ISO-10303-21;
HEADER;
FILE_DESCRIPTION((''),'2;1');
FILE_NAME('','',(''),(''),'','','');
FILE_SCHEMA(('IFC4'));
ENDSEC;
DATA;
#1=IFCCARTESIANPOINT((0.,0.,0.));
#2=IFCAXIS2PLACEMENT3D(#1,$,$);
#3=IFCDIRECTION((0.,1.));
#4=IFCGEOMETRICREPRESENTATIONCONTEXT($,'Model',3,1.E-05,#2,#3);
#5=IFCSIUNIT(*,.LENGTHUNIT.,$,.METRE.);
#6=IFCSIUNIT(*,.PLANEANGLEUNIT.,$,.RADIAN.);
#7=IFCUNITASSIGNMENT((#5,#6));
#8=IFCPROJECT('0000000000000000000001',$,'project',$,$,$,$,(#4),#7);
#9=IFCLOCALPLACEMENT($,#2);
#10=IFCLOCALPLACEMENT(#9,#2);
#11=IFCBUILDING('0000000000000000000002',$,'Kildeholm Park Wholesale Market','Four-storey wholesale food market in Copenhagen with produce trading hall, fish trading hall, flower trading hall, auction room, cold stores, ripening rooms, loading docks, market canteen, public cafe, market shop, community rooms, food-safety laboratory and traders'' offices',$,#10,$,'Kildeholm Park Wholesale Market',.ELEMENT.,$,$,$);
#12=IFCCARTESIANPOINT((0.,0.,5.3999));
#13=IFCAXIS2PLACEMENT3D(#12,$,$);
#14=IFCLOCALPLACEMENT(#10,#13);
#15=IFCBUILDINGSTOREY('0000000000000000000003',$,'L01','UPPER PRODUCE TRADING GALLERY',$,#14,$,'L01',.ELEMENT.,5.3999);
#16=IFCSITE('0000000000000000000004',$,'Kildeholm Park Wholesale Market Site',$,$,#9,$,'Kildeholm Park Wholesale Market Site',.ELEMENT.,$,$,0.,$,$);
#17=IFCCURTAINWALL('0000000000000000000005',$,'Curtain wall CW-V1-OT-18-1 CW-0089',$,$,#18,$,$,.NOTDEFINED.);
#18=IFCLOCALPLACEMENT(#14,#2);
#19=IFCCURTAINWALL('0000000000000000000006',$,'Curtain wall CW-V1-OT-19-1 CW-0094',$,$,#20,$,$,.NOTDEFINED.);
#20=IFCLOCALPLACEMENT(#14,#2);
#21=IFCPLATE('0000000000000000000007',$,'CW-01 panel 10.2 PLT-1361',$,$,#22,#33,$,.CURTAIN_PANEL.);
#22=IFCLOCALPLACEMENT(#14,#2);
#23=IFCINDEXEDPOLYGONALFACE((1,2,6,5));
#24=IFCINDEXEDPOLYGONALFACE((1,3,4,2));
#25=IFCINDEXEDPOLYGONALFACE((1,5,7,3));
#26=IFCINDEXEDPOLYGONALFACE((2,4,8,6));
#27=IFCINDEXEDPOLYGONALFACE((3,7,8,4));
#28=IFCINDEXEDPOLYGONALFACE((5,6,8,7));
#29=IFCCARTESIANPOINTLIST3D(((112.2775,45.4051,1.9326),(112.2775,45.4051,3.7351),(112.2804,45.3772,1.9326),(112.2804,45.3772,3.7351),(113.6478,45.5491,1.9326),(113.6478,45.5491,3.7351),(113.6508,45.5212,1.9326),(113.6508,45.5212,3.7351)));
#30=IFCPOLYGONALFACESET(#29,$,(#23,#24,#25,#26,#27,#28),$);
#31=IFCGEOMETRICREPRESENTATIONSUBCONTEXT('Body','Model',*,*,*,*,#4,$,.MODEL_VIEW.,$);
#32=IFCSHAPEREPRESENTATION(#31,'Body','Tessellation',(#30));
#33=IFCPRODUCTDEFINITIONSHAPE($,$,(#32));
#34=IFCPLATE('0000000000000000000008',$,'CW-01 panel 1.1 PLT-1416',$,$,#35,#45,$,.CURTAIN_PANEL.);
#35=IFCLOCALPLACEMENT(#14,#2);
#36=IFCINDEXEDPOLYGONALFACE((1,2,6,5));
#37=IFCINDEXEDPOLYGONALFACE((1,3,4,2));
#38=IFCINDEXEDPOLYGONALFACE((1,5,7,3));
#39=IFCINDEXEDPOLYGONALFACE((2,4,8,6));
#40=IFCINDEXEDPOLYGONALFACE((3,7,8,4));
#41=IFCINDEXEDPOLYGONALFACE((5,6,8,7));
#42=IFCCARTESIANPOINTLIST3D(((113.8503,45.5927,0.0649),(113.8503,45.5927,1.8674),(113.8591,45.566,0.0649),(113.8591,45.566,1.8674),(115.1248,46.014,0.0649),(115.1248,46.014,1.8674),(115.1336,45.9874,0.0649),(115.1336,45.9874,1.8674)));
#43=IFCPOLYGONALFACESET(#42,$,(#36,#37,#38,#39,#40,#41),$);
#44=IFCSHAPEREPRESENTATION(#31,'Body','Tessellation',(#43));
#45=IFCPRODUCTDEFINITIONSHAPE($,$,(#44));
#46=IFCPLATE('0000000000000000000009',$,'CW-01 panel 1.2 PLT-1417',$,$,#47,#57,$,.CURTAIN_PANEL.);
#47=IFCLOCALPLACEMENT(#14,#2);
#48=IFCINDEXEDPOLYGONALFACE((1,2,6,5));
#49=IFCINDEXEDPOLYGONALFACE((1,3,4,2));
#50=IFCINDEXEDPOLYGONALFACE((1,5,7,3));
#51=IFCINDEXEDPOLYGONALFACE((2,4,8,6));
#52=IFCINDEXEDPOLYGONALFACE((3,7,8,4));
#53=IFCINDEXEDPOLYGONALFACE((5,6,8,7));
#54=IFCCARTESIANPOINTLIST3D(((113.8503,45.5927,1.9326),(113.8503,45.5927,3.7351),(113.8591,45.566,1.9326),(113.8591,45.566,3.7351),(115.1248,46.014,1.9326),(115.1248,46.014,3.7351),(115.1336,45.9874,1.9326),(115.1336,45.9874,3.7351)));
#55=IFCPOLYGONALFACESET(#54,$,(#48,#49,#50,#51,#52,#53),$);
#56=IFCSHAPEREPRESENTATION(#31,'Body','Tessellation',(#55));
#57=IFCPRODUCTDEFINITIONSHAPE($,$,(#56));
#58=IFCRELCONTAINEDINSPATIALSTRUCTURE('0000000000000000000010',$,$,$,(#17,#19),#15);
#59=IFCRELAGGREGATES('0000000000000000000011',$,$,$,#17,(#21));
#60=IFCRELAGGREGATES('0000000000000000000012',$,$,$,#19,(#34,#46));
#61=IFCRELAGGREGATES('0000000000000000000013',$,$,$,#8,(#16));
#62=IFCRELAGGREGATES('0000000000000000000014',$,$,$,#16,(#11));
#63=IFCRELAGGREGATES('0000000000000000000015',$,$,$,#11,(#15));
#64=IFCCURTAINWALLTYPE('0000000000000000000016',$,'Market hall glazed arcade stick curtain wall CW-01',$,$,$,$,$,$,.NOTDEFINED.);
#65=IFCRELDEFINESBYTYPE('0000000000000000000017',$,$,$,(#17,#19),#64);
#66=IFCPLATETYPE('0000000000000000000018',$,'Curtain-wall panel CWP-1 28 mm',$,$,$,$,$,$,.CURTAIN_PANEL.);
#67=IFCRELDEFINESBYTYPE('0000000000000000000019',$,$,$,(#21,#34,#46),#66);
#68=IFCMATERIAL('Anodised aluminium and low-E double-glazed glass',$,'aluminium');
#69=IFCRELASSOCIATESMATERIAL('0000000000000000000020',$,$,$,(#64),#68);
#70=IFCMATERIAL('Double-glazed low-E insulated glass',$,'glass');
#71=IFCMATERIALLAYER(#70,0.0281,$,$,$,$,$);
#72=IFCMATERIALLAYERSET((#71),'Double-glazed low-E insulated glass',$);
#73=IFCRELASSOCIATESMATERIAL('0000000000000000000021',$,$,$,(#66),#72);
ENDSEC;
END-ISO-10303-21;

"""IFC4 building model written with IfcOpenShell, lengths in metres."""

from ifc_helpers import new_model, si_unit, direction, frame, origin, origin_2d, place, context, subcontext, project, spatial, rectangle, extrude, material, layer, layer_set, type_object, element, aggregate, save


model = new_model("IFC4")

# Units and contexts
model_context = context("Model", 3, precision=1e-05, world=origin(), true_north=direction((0.0, 1.0)))
body_context = subcontext(model_context, "Body", "Model", "MODEL_VIEW")
ifc_project = project(units=[si_unit("LENGTHUNIT", "METRE"), si_unit("PLANEANGLEUNIT", "RADIAN")], contexts=[model_context])

# Site, building, storey
site_placement = place(None, origin())
site = spatial("IfcSite", under=ifc_project, at=site_placement, Name="Kildeholm Park Wholesale Market Site", LongName="Kildeholm Park Wholesale Market Site", CompositionType="ELEMENT", RefElevation=0.0)
building_placement = place(site_placement, origin())
building = spatial("IfcBuilding", under=site, at=building_placement, Name="Kildeholm Park Wholesale Market", Description="Four-storey wholesale food market in Copenhagen with produce trading hall, fish trading hall, flower trading hall, auction room, cold stores, ripening rooms, loading docks, market canteen, public cafe, market shop, community rooms, food-safety laboratory and traders' offices", LongName="Kildeholm Park Wholesale Market", CompositionType="ELEMENT")
storey_placement = place(building_placement, frame((0.0, 0.0, 5.3999)))
storey = spatial("IfcBuildingStorey", under=building, at=storey_placement, Name="L01", Description="UPPER PRODUCE TRADING GALLERY", LongName="L01", CompositionType="ELEMENT", Elevation=5.3999)

# Curtain wall
ifc_material_1 = material(Name="Anodised aluminium and low-E double-glazed glass", Category="aluminium")
curtain_wall_type = type_object("IfcCurtainWallType", Name="Market hall glazed arcade stick curtain wall CW-01", PredefinedType="NOTDEFINED", material=ifc_material_1)
curtain_wall_1_placement = place(storey_placement, origin())
curtain_wall_1 = element("IfcCurtainWall", 1, at=curtain_wall_1_placement, inside=storey, type_object=curtain_wall_type, Name="Curtain wall CW-V1-OT-18-1 CW-0089", PredefinedType="NOTDEFINED")

# Curtain wall
curtain_wall_2_placement = place(storey_placement, origin())
curtain_wall_2 = element("IfcCurtainWall", 2, at=curtain_wall_2_placement, inside=storey, type_object=curtain_wall_type, Name="Curtain wall CW-V1-OT-19-1 CW-0094", PredefinedType="NOTDEFINED")

# Plates
ifc_material_2 = material(Name="Double-glazed low-E insulated glass", Category="glass")
ifc_layer = layer(ifc_material_2, 0.0281)
ifc_layer_set = layer_set([ifc_layer], Name="Double-glazed low-E insulated glass")
plate_type = type_object("IfcPlateType", Name="Curtain-wall panel CWP-1 28 mm", PredefinedType="CURTAIN_PANEL", material=ifc_layer_set)
plate_1_placement = place(storey_placement, frame((112.9641, 45.4631, 1.9326), z_axis=(0.0, 0.0, 1.0), x_axis=(0.994524, 0.104508, 0.0)))
plate_1 = element("IfcPlate", 3, at=plate_1_placement, type_object=plate_type, Name="CW-01 panel 10.2 PLT-1361", PredefinedType="CURTAIN_PANEL", context=body_context, shape_type="SweptSolid", body=[
    extrude(rectangle(XDim=1.3779, YDim=0.0281, at=origin_2d()), origin(), (0.0, 0.0, 1.0), 1.8025),
])
aggregate(curtain_wall_1, [plate_1])
plate_2_placement = place(storey_placement, frame((114.4919, 45.79, 0.0649), z_axis=(0.0, 0.0, 1.0), x_axis=(0.949451, 0.313914, 0.0)))
plate_2 = element("IfcPlate", 4, at=plate_2_placement, type_object=plate_type, Name="CW-01 panel 1.1 PLT-1416", PredefinedType="CURTAIN_PANEL", context=body_context, shape_type="SweptSolid", body=[
    extrude(rectangle(XDim=1.3423, YDim=0.0281, at=origin_2d()), origin(), (0.0, 0.0, 1.0), 1.8025),
])
plate_3_placement = place(storey_placement, frame((114.4919, 45.79, 1.9326), z_axis=(0.0, 0.0, 1.0), x_axis=(0.949451, 0.313914, 0.0)))
plate_3 = element("IfcPlate", 5, at=plate_3_placement, type_object=plate_type, Name="CW-01 panel 1.2 PLT-1417", PredefinedType="CURTAIN_PANEL", context=body_context, shape_type="SweptSolid", body=[
    extrude(rectangle(XDim=1.3423, YDim=0.0281, at=origin_2d()), origin(), (0.0, 0.0, 1.0), 1.8025),
])
aggregate(curtain_wall_2, [plate_2, plate_3])

save(model, "model.ifc")
